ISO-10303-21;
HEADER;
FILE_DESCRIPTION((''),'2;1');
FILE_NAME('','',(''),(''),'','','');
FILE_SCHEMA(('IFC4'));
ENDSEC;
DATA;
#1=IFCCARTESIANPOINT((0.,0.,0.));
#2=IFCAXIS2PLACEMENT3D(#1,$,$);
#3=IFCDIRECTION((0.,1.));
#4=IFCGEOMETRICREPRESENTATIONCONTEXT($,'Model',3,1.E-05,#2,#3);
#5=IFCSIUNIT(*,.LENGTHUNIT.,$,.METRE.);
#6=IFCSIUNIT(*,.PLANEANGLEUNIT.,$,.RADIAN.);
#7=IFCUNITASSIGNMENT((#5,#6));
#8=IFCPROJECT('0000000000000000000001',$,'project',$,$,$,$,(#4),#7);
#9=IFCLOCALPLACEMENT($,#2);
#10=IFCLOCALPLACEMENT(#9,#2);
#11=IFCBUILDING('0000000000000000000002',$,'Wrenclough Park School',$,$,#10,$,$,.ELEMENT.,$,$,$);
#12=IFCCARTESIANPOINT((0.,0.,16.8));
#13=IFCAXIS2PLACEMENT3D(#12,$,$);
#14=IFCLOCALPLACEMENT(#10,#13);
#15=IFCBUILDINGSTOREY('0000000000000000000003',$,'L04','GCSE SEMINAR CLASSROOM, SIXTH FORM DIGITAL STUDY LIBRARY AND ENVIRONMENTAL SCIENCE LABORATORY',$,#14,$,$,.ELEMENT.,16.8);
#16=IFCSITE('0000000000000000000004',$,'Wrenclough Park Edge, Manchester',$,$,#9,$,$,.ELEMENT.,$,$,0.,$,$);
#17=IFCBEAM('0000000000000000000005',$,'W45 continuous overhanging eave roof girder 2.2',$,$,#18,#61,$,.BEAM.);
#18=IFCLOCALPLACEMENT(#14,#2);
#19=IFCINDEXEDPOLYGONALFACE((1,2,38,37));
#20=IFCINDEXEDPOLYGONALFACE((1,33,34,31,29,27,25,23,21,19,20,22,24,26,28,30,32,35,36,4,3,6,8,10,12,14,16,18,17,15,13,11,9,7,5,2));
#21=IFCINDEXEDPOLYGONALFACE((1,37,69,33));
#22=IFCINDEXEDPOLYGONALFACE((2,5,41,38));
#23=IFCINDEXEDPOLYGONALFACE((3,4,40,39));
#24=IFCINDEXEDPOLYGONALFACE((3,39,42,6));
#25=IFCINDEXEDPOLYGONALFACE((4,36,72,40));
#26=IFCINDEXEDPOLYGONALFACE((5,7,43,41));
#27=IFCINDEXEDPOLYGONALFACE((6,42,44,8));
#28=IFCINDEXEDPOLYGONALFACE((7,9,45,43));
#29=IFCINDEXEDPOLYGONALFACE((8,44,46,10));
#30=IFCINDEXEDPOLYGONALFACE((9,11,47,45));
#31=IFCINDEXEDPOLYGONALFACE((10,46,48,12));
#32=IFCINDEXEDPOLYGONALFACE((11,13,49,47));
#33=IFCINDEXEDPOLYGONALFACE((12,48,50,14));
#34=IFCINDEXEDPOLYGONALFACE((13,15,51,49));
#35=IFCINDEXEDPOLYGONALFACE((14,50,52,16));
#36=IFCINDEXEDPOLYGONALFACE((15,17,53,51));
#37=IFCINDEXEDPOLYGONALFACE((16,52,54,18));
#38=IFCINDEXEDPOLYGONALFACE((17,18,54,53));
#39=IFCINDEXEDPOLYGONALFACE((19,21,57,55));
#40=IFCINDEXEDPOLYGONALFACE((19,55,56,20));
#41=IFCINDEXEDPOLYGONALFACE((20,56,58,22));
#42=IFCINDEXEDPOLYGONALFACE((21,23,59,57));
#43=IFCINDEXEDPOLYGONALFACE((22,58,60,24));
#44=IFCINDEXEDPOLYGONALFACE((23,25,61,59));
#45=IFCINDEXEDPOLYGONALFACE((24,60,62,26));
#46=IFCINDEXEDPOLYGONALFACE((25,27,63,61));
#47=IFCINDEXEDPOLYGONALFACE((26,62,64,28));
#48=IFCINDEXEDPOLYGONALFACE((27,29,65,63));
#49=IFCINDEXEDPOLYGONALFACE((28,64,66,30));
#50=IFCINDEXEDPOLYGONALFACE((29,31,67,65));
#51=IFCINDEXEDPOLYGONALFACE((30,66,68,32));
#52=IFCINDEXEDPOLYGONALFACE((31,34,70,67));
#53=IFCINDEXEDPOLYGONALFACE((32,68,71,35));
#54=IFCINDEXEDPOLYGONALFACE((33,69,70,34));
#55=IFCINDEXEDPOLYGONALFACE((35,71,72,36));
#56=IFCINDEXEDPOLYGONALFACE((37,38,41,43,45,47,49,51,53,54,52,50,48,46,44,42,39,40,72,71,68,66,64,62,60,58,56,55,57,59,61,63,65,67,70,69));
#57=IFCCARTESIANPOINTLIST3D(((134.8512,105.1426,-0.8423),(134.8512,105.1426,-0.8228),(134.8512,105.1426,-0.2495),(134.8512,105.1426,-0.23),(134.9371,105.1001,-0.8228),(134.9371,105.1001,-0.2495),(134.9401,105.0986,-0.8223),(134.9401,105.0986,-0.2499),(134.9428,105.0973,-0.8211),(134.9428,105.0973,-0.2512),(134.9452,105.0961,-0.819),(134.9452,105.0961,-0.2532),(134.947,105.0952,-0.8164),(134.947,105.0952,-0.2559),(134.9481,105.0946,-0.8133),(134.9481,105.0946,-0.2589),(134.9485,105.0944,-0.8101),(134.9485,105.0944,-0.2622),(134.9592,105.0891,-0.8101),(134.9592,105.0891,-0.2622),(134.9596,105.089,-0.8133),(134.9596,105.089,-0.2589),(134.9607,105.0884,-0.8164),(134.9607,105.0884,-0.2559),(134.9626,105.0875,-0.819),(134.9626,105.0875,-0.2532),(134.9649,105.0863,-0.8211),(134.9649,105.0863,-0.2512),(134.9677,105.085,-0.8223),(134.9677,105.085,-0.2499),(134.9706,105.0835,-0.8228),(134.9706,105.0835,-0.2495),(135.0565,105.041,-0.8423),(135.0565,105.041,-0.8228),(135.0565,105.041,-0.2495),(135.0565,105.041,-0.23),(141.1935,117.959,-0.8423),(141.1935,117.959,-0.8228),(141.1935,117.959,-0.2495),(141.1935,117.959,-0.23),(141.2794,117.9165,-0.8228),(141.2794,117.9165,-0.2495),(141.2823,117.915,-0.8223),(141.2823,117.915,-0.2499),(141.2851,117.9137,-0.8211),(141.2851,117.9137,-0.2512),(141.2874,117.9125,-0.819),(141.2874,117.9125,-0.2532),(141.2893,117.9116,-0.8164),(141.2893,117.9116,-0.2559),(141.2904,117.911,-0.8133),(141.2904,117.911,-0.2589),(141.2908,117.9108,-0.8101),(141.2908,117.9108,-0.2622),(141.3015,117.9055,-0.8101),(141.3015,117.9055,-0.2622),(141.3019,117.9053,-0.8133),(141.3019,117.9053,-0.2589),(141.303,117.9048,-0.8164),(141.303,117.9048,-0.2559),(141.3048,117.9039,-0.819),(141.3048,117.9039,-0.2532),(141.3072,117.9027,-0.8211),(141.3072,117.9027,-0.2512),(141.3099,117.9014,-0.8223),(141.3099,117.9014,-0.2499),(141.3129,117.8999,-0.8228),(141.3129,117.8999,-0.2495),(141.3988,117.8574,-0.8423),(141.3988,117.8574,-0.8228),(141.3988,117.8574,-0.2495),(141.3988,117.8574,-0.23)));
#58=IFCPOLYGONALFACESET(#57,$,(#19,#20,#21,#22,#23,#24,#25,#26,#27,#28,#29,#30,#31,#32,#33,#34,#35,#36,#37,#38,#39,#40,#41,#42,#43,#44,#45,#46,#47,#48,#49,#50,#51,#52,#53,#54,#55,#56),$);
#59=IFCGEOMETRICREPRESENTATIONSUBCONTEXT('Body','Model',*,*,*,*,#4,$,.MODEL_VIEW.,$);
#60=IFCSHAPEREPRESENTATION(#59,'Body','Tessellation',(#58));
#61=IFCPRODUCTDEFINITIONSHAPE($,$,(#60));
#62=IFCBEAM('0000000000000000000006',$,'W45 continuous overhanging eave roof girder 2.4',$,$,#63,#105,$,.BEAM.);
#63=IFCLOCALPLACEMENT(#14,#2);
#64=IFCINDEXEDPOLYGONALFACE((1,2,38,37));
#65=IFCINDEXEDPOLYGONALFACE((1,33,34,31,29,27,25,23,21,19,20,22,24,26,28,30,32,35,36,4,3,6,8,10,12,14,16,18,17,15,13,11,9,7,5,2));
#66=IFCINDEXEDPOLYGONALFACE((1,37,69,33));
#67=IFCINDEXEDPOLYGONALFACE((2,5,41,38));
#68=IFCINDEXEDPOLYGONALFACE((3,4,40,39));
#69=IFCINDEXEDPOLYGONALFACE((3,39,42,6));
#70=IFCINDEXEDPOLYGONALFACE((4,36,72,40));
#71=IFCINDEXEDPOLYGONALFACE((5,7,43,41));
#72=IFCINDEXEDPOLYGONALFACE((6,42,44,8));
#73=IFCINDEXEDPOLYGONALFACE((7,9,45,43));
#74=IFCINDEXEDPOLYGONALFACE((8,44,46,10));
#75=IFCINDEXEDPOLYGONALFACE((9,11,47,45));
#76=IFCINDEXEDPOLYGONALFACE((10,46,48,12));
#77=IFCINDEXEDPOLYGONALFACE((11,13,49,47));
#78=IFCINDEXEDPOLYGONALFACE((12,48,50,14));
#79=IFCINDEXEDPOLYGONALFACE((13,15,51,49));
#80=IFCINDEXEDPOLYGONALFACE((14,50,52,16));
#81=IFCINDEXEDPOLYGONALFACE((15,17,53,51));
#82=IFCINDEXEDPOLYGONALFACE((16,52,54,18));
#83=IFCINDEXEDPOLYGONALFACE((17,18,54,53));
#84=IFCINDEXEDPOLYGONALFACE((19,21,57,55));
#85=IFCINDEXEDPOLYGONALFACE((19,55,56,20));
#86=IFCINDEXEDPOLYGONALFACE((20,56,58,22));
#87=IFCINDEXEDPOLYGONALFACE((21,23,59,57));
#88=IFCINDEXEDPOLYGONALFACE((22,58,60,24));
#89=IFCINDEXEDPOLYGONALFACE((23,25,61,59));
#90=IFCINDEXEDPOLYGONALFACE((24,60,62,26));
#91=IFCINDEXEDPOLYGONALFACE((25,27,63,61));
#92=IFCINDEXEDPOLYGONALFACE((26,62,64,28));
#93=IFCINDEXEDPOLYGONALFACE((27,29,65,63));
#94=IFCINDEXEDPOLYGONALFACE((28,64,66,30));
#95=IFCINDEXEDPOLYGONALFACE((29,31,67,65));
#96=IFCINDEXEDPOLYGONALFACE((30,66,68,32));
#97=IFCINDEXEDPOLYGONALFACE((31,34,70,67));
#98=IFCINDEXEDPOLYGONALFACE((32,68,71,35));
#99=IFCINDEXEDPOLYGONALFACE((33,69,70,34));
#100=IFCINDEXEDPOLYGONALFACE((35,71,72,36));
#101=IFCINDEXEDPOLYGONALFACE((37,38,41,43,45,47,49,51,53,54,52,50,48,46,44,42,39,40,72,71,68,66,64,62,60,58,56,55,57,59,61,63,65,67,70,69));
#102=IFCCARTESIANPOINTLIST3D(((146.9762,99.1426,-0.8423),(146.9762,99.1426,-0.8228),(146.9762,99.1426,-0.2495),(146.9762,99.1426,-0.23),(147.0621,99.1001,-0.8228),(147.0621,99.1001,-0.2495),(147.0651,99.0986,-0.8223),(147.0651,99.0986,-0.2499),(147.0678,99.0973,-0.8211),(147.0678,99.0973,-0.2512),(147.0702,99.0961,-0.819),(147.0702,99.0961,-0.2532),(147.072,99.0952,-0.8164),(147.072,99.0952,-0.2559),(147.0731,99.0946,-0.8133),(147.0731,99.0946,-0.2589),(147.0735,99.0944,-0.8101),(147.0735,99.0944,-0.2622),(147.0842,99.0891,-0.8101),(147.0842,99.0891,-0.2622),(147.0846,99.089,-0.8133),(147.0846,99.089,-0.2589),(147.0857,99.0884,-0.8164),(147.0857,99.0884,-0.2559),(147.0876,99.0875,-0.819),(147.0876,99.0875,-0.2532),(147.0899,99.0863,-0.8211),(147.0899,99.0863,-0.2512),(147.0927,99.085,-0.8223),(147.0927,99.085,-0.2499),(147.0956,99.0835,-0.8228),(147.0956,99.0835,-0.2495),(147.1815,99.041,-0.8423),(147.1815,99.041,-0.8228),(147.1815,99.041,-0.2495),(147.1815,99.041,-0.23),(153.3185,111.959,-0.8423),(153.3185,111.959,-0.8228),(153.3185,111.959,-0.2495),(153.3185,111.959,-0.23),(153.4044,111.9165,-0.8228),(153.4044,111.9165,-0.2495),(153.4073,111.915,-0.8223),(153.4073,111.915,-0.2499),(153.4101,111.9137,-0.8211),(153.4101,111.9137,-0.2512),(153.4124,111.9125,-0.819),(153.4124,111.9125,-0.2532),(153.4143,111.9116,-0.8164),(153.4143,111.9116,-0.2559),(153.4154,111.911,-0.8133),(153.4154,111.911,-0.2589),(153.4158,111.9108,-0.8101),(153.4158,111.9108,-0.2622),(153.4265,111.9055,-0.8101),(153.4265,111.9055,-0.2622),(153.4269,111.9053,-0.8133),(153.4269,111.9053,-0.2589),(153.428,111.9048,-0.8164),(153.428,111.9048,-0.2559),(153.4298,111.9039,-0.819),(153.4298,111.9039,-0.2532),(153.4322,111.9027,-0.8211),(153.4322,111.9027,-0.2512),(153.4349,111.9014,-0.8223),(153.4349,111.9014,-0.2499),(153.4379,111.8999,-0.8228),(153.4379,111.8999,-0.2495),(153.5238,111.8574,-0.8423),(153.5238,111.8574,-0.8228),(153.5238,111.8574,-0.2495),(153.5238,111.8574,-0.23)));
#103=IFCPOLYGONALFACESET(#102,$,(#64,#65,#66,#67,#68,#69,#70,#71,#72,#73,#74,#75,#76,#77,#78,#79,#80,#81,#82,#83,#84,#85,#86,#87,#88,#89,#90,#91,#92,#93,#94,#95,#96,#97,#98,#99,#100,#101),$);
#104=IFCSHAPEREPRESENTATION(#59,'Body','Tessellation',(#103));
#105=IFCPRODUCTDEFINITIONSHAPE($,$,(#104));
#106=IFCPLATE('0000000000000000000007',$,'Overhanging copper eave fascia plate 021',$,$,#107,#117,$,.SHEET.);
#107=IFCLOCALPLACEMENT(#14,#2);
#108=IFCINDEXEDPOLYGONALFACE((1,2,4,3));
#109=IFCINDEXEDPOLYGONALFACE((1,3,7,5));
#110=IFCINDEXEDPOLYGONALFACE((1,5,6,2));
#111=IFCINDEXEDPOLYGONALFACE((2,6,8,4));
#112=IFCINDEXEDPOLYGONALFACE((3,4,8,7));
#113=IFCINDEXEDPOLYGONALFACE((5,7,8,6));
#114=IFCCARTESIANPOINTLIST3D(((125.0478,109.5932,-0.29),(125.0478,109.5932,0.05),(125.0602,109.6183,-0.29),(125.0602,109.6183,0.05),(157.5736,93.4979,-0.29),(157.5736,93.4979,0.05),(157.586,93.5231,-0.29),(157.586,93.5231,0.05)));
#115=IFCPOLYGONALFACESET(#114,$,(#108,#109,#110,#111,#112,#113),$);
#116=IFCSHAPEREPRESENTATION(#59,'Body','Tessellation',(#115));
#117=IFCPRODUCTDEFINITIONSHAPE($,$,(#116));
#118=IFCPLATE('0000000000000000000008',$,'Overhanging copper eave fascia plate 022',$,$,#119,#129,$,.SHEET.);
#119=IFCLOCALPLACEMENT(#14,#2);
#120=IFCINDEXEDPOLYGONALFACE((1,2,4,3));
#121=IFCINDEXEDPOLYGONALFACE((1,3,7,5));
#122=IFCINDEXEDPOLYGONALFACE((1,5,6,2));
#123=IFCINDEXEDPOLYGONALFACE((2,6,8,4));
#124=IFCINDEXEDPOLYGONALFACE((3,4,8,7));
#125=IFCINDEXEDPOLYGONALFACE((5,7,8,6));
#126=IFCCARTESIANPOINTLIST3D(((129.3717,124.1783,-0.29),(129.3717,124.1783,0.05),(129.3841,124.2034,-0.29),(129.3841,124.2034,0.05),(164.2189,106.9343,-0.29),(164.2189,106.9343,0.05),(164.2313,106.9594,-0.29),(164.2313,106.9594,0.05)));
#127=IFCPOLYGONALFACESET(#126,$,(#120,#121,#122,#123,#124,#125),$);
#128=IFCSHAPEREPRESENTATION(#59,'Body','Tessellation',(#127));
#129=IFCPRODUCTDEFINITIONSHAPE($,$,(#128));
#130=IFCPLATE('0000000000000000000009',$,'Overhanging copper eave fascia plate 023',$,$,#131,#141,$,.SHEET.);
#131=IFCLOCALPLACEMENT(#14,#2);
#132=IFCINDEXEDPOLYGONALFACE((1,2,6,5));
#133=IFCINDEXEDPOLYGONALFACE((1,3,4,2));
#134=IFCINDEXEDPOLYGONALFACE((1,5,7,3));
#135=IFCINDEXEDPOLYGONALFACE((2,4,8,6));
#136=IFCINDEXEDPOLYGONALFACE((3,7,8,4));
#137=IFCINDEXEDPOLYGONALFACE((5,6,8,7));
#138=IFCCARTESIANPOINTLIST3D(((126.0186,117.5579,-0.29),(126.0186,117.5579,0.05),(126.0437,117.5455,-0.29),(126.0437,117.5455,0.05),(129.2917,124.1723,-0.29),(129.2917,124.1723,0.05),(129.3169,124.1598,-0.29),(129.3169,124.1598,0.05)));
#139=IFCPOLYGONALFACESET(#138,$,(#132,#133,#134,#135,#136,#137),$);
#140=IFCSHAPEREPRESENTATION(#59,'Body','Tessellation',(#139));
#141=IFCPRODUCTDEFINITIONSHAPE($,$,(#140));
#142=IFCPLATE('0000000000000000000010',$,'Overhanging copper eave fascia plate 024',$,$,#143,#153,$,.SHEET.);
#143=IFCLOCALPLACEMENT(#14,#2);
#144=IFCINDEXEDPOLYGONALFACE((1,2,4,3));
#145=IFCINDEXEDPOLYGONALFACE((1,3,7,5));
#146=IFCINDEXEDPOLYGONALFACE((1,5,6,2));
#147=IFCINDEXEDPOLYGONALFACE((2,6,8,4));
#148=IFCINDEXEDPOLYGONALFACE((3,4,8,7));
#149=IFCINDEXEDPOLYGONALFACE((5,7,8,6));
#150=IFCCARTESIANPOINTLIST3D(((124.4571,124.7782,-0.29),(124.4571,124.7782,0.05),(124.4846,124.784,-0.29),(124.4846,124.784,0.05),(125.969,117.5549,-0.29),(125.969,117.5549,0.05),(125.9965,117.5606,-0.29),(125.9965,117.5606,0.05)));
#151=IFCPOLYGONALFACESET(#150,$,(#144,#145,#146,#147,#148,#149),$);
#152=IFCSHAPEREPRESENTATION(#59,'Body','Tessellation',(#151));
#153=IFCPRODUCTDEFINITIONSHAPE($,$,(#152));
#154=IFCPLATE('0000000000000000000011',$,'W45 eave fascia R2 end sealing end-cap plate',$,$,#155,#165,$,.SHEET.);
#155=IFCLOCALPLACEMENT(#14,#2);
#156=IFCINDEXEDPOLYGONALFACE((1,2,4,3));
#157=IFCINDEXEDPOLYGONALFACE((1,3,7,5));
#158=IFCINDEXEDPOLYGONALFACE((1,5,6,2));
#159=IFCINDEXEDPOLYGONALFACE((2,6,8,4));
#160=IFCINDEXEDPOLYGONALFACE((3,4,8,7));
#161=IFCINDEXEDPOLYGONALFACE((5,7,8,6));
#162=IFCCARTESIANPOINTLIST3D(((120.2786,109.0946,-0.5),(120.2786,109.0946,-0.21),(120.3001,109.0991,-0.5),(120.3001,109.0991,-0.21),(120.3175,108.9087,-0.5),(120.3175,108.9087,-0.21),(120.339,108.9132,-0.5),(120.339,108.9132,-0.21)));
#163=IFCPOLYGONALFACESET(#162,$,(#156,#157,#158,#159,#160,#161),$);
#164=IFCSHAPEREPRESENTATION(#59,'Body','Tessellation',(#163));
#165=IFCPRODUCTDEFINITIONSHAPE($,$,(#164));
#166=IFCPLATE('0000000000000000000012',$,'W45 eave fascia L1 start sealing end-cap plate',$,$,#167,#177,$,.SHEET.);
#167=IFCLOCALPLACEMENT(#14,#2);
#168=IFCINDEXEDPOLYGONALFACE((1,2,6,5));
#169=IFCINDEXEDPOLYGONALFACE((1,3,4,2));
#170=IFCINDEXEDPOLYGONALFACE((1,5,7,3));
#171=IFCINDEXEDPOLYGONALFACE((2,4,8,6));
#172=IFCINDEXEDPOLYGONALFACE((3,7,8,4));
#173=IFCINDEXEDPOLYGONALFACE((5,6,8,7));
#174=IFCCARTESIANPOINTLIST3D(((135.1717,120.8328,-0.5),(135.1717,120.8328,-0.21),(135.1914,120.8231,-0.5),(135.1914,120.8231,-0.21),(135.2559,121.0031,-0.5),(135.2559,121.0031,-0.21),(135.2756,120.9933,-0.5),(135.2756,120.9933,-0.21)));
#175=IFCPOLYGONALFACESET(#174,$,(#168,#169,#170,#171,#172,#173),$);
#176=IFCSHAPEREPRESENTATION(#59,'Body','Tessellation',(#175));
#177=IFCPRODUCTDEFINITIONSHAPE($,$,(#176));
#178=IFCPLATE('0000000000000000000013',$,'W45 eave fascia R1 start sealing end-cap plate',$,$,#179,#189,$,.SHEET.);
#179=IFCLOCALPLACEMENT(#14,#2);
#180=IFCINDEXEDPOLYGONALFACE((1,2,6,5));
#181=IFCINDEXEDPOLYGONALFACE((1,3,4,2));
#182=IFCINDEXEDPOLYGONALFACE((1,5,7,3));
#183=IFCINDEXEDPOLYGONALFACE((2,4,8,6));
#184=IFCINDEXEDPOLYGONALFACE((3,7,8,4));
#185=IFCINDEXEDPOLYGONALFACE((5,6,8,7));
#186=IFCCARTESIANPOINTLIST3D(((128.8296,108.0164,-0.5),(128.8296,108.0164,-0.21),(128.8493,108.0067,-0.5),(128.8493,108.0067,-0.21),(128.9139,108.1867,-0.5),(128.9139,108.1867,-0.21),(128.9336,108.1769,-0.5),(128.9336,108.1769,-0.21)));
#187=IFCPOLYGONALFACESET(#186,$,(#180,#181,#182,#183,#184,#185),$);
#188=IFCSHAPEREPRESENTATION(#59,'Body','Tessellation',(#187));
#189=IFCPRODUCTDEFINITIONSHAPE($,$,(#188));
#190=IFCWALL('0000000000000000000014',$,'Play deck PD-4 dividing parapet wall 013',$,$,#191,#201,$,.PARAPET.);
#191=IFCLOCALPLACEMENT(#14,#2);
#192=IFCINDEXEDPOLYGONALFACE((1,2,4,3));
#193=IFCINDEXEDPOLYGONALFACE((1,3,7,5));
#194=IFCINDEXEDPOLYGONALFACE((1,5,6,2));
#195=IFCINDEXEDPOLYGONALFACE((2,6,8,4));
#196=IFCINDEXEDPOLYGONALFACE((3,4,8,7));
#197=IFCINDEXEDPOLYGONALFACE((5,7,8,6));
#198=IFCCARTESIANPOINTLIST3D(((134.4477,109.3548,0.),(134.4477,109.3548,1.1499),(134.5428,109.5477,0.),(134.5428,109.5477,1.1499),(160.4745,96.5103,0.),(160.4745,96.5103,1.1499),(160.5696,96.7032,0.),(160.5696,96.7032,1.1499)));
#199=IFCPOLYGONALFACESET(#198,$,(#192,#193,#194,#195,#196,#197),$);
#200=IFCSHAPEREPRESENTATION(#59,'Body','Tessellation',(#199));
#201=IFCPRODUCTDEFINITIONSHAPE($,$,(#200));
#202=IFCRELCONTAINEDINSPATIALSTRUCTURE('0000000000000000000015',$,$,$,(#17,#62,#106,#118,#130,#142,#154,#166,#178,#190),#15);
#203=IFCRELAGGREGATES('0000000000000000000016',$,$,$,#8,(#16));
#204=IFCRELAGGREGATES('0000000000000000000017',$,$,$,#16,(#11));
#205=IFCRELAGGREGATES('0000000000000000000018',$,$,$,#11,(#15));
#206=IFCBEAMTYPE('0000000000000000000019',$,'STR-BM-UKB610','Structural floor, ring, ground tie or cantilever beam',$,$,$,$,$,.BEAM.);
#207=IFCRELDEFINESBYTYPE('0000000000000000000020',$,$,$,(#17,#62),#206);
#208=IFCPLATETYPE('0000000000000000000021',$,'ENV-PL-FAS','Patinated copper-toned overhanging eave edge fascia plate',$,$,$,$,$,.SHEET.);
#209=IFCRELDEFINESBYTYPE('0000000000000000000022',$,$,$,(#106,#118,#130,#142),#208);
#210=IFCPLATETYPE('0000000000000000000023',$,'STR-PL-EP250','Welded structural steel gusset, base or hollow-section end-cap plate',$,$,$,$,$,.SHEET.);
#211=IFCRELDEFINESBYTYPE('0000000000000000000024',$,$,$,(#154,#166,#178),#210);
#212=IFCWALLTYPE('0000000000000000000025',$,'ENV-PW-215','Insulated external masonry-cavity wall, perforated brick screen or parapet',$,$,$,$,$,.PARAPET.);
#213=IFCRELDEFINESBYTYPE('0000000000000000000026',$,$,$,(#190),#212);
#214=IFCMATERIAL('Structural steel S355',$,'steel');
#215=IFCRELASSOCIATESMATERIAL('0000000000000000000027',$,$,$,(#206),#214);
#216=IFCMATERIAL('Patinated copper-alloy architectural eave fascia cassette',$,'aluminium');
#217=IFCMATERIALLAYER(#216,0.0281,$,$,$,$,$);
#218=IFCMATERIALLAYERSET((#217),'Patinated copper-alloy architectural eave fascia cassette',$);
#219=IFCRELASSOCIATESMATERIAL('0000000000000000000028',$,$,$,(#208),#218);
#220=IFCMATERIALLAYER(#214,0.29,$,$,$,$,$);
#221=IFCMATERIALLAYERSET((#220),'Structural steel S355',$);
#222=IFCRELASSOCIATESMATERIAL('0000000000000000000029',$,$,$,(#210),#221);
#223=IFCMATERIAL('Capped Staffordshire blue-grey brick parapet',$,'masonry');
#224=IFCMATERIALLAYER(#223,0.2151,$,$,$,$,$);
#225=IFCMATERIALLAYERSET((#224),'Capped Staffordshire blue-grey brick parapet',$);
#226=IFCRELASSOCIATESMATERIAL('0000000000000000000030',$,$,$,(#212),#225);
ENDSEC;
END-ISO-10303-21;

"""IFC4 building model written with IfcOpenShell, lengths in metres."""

from ifc_helpers import new_model, si_unit, direction, frame, frame_2d, origin, origin_2d, place, context, subcontext, project, spatial, rectangle, i_section, extrude, material, layer, layer_set, material_profile, profile_set, type_object, element, save


model = new_model("IFC4")

# Units and contexts
model_context = context("Model", 3, precision=1e-05, world=origin(), true_north=direction((0.0, 1.0)))
body_context = subcontext(model_context, "Body", "Model", "MODEL_VIEW")
ifc_project = project(units=[si_unit("LENGTHUNIT", "METRE"), si_unit("PLANEANGLEUNIT", "RADIAN")], contexts=[model_context])

# Site, building, storey
site_placement = place(None, origin())
site = spatial("IfcSite", under=ifc_project, at=site_placement, Name="Wrenclough Park Edge, Manchester", CompositionType="ELEMENT", RefElevation=0.0)
building_placement = place(site_placement, origin())
building = spatial("IfcBuilding", under=site, at=building_placement, Name="Wrenclough Park School", CompositionType="ELEMENT")
storey_placement = place(building_placement, frame((0.0, 0.0, 16.8)))
storey = spatial("IfcBuildingStorey", under=building, at=storey_placement, Name="L04", Description="GCSE SEMINAR CLASSROOM, SIXTH FORM DIGITAL STUDY LIBRARY AND ENVIRONMENTAL SCIENCE LABORATORY", CompositionType="ELEMENT", Elevation=16.8)

# Beams
ifc_material_1 = material(Name="Structural steel S355", Category="steel")
ifc_material_profile_1 = material_profile(ifc_material_1, i_section(OverallWidth=0.229, OverallDepth=0.6123, WebThickness=0.012, FlangeThickness=0.0195, FilletRadius=0.0127, at=origin_2d()), Name="UKB 610x229x125")
ifc_profile_set_1 = profile_set([ifc_material_profile_1], Name="Structural steel S355")
beam_type_1 = type_object("IfcBeamType", Name="STR-BM-UKB610", Description="Structural floor, ring, ground tie or cantilever beam", PredefinedType="BEAM", material=ifc_profile_set_1)
for number, where, z_axis, x_axis, name in (
    (1, (134.9539, 105.0918, -0.5361), (0.443522, 0.896263, 0.0), (-0.896263, 0.443522, 0.0), "W45 continuous overhanging eave roof girder 2.2"),
    (2, (147.0789, 99.0918, -0.5361), (0.443522, 0.896263, 0.0), (-0.896263, 0.443522, 0.0), "W45 continuous overhanging eave roof girder 2.4"),
):
    element("IfcBeam", number, at=place(storey_placement, frame(where, z_axis=z_axis, x_axis=x_axis)), inside=storey, type_object=beam_type_1, Name=name, PredefinedType="BEAM", context=body_context, shape_type="SweptSolid", body=[
        extrude(i_section(OverallWidth=0.229, OverallDepth=0.6123, WebThickness=0.012, FlangeThickness=0.0195, FilletRadius=0.0127, at=origin_2d()), origin(), (0.0, 0.0, 1.0), 14.2998),
    ])

# Plates
ifc_material_2 = material(Name="Patinated copper-alloy architectural eave fascia cassette", Category="aluminium")
ifc_layer_1 = layer(ifc_material_2, 0.0281)
ifc_layer_set_1 = layer_set([ifc_layer_1], Name="Patinated copper-alloy architectural eave fascia cassette")
plate_type_1 = type_object("IfcPlateType", Name="ENV-PL-FAS", Description="Patinated copper-toned overhanging eave edge fascia plate", PredefinedType="SHEET", material=ifc_layer_set_1)
plate_1_placement = place(storey_placement, frame((141.3169, 101.5581, -0.29), z_axis=(0.0, 0.0, 1.0), x_axis=(0.896267, -0.443514, 0.0)))
element("IfcPlate", 3, at=plate_1_placement, inside=storey, type_object=plate_type_1, Name="Overhanging copper eave fascia plate 021", PredefinedType="SHEET", context=body_context, shape_type="SweptSolid", body=[
    extrude(rectangle(XDim=36.2903, YDim=0.0281, at=origin_2d()), origin(), (0.0, 0.0, 1.0), 0.3401),
])
plate_2_placement = place(storey_placement, frame((146.8015, 115.5688, -0.29), z_axis=(0.0, 0.0, 1.0), x_axis=(-0.896267, 0.443514, 0.0)))
element("IfcPlate", 4, at=plate_2_placement, inside=storey, type_object=plate_type_1, Name="Overhanging copper eave fascia plate 022", PredefinedType="SHEET", context=body_context, shape_type="SweptSolid", body=[
    extrude(rectangle(XDim=38.8804, YDim=0.0281, at=origin_2d()), origin(), (0.0, 0.0, 1.0), 0.3401),
])
for number, where, z_axis, x_axis, name in (
    (5, (127.6677, 120.8589, -0.29), (0.0, 0.0, 1.0), (-0.443519, -0.896265, 0.0), "Overhanging copper eave fascia plate 023"),
    (6, (125.2268, 121.1694, -0.29), (0.0, 0.0, 1.0), (-0.204867, 0.97879, 0.0), "Overhanging copper eave fascia plate 024"),
):
    element("IfcPlate", number, at=place(storey_placement, frame(where, z_axis=z_axis, x_axis=x_axis)), inside=storey, type_object=plate_type_1, Name=name, PredefinedType="SHEET", context=body_context, shape_type="SweptSolid", body=[
        extrude(rectangle(XDim=7.3799, YDim=0.0281, at=origin_2d()), origin(), (0.0, 0.0, 1.0), 0.3401),
    ])
ifc_layer_2 = layer(ifc_material_1, 0.29)
ifc_layer_set_2 = layer_set([ifc_layer_2], Name="Structural steel S355")
plate_type_2 = type_object("IfcPlateType", Name="STR-PL-EP250", Description="Welded structural steel gusset, base or hollow-section end-cap plate", PredefinedType="SHEET", material=ifc_layer_set_2)
for number, where, z_axis, x_axis, name in (
    (7, (120.3088, 109.0039, -0.5), (0.0, 0.0, 1.0), (0.978796, 0.204838, 0.0), "W45 eave fascia R2 end sealing end-cap plate"),
    (8, (135.2236, 120.9131, -0.5), (0.0, 0.0, 1.0), (0.896254, -0.443541, 0.0), "W45 eave fascia L1 start sealing end-cap plate"),
    (9, (128.8816, 108.0967, -0.5), (0.0, 0.0, 1.0), (0.896254, -0.443541, 0.0), "W45 eave fascia R1 start sealing end-cap plate"),
):
    element("IfcPlate", number, at=place(storey_placement, frame(where, z_axis=z_axis, x_axis=x_axis)), inside=storey, type_object=plate_type_2, Name=name, PredefinedType="SHEET", context=body_context, shape_type="SweptSolid", body=[
        extrude(rectangle(XDim=0.022, YDim=0.1899, at=origin_2d()), origin(), (0.0, 0.0, 1.0), 0.29),
    ])

# Wall
ifc_material_3 = material(Name="Capped Staffordshire blue-grey brick parapet", Category="masonry")
ifc_layer_3 = layer(ifc_material_3, 0.2151)
ifc_layer_set_3 = layer_set([ifc_layer_3], Name="Capped Staffordshire blue-grey brick parapet")
wall_type = type_object("IfcWallType", Name="ENV-PW-215", Description="Insulated external masonry-cavity wall, perforated brick screen or parapet", PredefinedType="PARAPET", material=ifc_layer_set_3)
wall_1_placement = place(storey_placement, frame((134.4954, 109.4512, 0.0), z_axis=(0.0, 0.0, 1.0), x_axis=(0.896743, -0.442551, 0.0)))
element("IfcWall", 10, at=wall_1_placement, inside=storey, type_object=wall_type, Name="Play deck PD-4 dividing parapet wall 013", PredefinedType="PARAPET", context=body_context, shape_type="SweptSolid", body=[
    extrude(rectangle(XDim=29.0237, YDim=0.2151, at=frame_2d((14.5117, 0.0))), origin(), (0.0, 0.0, 1.0), 1.1499),
])

save(model, "model.ifc")
